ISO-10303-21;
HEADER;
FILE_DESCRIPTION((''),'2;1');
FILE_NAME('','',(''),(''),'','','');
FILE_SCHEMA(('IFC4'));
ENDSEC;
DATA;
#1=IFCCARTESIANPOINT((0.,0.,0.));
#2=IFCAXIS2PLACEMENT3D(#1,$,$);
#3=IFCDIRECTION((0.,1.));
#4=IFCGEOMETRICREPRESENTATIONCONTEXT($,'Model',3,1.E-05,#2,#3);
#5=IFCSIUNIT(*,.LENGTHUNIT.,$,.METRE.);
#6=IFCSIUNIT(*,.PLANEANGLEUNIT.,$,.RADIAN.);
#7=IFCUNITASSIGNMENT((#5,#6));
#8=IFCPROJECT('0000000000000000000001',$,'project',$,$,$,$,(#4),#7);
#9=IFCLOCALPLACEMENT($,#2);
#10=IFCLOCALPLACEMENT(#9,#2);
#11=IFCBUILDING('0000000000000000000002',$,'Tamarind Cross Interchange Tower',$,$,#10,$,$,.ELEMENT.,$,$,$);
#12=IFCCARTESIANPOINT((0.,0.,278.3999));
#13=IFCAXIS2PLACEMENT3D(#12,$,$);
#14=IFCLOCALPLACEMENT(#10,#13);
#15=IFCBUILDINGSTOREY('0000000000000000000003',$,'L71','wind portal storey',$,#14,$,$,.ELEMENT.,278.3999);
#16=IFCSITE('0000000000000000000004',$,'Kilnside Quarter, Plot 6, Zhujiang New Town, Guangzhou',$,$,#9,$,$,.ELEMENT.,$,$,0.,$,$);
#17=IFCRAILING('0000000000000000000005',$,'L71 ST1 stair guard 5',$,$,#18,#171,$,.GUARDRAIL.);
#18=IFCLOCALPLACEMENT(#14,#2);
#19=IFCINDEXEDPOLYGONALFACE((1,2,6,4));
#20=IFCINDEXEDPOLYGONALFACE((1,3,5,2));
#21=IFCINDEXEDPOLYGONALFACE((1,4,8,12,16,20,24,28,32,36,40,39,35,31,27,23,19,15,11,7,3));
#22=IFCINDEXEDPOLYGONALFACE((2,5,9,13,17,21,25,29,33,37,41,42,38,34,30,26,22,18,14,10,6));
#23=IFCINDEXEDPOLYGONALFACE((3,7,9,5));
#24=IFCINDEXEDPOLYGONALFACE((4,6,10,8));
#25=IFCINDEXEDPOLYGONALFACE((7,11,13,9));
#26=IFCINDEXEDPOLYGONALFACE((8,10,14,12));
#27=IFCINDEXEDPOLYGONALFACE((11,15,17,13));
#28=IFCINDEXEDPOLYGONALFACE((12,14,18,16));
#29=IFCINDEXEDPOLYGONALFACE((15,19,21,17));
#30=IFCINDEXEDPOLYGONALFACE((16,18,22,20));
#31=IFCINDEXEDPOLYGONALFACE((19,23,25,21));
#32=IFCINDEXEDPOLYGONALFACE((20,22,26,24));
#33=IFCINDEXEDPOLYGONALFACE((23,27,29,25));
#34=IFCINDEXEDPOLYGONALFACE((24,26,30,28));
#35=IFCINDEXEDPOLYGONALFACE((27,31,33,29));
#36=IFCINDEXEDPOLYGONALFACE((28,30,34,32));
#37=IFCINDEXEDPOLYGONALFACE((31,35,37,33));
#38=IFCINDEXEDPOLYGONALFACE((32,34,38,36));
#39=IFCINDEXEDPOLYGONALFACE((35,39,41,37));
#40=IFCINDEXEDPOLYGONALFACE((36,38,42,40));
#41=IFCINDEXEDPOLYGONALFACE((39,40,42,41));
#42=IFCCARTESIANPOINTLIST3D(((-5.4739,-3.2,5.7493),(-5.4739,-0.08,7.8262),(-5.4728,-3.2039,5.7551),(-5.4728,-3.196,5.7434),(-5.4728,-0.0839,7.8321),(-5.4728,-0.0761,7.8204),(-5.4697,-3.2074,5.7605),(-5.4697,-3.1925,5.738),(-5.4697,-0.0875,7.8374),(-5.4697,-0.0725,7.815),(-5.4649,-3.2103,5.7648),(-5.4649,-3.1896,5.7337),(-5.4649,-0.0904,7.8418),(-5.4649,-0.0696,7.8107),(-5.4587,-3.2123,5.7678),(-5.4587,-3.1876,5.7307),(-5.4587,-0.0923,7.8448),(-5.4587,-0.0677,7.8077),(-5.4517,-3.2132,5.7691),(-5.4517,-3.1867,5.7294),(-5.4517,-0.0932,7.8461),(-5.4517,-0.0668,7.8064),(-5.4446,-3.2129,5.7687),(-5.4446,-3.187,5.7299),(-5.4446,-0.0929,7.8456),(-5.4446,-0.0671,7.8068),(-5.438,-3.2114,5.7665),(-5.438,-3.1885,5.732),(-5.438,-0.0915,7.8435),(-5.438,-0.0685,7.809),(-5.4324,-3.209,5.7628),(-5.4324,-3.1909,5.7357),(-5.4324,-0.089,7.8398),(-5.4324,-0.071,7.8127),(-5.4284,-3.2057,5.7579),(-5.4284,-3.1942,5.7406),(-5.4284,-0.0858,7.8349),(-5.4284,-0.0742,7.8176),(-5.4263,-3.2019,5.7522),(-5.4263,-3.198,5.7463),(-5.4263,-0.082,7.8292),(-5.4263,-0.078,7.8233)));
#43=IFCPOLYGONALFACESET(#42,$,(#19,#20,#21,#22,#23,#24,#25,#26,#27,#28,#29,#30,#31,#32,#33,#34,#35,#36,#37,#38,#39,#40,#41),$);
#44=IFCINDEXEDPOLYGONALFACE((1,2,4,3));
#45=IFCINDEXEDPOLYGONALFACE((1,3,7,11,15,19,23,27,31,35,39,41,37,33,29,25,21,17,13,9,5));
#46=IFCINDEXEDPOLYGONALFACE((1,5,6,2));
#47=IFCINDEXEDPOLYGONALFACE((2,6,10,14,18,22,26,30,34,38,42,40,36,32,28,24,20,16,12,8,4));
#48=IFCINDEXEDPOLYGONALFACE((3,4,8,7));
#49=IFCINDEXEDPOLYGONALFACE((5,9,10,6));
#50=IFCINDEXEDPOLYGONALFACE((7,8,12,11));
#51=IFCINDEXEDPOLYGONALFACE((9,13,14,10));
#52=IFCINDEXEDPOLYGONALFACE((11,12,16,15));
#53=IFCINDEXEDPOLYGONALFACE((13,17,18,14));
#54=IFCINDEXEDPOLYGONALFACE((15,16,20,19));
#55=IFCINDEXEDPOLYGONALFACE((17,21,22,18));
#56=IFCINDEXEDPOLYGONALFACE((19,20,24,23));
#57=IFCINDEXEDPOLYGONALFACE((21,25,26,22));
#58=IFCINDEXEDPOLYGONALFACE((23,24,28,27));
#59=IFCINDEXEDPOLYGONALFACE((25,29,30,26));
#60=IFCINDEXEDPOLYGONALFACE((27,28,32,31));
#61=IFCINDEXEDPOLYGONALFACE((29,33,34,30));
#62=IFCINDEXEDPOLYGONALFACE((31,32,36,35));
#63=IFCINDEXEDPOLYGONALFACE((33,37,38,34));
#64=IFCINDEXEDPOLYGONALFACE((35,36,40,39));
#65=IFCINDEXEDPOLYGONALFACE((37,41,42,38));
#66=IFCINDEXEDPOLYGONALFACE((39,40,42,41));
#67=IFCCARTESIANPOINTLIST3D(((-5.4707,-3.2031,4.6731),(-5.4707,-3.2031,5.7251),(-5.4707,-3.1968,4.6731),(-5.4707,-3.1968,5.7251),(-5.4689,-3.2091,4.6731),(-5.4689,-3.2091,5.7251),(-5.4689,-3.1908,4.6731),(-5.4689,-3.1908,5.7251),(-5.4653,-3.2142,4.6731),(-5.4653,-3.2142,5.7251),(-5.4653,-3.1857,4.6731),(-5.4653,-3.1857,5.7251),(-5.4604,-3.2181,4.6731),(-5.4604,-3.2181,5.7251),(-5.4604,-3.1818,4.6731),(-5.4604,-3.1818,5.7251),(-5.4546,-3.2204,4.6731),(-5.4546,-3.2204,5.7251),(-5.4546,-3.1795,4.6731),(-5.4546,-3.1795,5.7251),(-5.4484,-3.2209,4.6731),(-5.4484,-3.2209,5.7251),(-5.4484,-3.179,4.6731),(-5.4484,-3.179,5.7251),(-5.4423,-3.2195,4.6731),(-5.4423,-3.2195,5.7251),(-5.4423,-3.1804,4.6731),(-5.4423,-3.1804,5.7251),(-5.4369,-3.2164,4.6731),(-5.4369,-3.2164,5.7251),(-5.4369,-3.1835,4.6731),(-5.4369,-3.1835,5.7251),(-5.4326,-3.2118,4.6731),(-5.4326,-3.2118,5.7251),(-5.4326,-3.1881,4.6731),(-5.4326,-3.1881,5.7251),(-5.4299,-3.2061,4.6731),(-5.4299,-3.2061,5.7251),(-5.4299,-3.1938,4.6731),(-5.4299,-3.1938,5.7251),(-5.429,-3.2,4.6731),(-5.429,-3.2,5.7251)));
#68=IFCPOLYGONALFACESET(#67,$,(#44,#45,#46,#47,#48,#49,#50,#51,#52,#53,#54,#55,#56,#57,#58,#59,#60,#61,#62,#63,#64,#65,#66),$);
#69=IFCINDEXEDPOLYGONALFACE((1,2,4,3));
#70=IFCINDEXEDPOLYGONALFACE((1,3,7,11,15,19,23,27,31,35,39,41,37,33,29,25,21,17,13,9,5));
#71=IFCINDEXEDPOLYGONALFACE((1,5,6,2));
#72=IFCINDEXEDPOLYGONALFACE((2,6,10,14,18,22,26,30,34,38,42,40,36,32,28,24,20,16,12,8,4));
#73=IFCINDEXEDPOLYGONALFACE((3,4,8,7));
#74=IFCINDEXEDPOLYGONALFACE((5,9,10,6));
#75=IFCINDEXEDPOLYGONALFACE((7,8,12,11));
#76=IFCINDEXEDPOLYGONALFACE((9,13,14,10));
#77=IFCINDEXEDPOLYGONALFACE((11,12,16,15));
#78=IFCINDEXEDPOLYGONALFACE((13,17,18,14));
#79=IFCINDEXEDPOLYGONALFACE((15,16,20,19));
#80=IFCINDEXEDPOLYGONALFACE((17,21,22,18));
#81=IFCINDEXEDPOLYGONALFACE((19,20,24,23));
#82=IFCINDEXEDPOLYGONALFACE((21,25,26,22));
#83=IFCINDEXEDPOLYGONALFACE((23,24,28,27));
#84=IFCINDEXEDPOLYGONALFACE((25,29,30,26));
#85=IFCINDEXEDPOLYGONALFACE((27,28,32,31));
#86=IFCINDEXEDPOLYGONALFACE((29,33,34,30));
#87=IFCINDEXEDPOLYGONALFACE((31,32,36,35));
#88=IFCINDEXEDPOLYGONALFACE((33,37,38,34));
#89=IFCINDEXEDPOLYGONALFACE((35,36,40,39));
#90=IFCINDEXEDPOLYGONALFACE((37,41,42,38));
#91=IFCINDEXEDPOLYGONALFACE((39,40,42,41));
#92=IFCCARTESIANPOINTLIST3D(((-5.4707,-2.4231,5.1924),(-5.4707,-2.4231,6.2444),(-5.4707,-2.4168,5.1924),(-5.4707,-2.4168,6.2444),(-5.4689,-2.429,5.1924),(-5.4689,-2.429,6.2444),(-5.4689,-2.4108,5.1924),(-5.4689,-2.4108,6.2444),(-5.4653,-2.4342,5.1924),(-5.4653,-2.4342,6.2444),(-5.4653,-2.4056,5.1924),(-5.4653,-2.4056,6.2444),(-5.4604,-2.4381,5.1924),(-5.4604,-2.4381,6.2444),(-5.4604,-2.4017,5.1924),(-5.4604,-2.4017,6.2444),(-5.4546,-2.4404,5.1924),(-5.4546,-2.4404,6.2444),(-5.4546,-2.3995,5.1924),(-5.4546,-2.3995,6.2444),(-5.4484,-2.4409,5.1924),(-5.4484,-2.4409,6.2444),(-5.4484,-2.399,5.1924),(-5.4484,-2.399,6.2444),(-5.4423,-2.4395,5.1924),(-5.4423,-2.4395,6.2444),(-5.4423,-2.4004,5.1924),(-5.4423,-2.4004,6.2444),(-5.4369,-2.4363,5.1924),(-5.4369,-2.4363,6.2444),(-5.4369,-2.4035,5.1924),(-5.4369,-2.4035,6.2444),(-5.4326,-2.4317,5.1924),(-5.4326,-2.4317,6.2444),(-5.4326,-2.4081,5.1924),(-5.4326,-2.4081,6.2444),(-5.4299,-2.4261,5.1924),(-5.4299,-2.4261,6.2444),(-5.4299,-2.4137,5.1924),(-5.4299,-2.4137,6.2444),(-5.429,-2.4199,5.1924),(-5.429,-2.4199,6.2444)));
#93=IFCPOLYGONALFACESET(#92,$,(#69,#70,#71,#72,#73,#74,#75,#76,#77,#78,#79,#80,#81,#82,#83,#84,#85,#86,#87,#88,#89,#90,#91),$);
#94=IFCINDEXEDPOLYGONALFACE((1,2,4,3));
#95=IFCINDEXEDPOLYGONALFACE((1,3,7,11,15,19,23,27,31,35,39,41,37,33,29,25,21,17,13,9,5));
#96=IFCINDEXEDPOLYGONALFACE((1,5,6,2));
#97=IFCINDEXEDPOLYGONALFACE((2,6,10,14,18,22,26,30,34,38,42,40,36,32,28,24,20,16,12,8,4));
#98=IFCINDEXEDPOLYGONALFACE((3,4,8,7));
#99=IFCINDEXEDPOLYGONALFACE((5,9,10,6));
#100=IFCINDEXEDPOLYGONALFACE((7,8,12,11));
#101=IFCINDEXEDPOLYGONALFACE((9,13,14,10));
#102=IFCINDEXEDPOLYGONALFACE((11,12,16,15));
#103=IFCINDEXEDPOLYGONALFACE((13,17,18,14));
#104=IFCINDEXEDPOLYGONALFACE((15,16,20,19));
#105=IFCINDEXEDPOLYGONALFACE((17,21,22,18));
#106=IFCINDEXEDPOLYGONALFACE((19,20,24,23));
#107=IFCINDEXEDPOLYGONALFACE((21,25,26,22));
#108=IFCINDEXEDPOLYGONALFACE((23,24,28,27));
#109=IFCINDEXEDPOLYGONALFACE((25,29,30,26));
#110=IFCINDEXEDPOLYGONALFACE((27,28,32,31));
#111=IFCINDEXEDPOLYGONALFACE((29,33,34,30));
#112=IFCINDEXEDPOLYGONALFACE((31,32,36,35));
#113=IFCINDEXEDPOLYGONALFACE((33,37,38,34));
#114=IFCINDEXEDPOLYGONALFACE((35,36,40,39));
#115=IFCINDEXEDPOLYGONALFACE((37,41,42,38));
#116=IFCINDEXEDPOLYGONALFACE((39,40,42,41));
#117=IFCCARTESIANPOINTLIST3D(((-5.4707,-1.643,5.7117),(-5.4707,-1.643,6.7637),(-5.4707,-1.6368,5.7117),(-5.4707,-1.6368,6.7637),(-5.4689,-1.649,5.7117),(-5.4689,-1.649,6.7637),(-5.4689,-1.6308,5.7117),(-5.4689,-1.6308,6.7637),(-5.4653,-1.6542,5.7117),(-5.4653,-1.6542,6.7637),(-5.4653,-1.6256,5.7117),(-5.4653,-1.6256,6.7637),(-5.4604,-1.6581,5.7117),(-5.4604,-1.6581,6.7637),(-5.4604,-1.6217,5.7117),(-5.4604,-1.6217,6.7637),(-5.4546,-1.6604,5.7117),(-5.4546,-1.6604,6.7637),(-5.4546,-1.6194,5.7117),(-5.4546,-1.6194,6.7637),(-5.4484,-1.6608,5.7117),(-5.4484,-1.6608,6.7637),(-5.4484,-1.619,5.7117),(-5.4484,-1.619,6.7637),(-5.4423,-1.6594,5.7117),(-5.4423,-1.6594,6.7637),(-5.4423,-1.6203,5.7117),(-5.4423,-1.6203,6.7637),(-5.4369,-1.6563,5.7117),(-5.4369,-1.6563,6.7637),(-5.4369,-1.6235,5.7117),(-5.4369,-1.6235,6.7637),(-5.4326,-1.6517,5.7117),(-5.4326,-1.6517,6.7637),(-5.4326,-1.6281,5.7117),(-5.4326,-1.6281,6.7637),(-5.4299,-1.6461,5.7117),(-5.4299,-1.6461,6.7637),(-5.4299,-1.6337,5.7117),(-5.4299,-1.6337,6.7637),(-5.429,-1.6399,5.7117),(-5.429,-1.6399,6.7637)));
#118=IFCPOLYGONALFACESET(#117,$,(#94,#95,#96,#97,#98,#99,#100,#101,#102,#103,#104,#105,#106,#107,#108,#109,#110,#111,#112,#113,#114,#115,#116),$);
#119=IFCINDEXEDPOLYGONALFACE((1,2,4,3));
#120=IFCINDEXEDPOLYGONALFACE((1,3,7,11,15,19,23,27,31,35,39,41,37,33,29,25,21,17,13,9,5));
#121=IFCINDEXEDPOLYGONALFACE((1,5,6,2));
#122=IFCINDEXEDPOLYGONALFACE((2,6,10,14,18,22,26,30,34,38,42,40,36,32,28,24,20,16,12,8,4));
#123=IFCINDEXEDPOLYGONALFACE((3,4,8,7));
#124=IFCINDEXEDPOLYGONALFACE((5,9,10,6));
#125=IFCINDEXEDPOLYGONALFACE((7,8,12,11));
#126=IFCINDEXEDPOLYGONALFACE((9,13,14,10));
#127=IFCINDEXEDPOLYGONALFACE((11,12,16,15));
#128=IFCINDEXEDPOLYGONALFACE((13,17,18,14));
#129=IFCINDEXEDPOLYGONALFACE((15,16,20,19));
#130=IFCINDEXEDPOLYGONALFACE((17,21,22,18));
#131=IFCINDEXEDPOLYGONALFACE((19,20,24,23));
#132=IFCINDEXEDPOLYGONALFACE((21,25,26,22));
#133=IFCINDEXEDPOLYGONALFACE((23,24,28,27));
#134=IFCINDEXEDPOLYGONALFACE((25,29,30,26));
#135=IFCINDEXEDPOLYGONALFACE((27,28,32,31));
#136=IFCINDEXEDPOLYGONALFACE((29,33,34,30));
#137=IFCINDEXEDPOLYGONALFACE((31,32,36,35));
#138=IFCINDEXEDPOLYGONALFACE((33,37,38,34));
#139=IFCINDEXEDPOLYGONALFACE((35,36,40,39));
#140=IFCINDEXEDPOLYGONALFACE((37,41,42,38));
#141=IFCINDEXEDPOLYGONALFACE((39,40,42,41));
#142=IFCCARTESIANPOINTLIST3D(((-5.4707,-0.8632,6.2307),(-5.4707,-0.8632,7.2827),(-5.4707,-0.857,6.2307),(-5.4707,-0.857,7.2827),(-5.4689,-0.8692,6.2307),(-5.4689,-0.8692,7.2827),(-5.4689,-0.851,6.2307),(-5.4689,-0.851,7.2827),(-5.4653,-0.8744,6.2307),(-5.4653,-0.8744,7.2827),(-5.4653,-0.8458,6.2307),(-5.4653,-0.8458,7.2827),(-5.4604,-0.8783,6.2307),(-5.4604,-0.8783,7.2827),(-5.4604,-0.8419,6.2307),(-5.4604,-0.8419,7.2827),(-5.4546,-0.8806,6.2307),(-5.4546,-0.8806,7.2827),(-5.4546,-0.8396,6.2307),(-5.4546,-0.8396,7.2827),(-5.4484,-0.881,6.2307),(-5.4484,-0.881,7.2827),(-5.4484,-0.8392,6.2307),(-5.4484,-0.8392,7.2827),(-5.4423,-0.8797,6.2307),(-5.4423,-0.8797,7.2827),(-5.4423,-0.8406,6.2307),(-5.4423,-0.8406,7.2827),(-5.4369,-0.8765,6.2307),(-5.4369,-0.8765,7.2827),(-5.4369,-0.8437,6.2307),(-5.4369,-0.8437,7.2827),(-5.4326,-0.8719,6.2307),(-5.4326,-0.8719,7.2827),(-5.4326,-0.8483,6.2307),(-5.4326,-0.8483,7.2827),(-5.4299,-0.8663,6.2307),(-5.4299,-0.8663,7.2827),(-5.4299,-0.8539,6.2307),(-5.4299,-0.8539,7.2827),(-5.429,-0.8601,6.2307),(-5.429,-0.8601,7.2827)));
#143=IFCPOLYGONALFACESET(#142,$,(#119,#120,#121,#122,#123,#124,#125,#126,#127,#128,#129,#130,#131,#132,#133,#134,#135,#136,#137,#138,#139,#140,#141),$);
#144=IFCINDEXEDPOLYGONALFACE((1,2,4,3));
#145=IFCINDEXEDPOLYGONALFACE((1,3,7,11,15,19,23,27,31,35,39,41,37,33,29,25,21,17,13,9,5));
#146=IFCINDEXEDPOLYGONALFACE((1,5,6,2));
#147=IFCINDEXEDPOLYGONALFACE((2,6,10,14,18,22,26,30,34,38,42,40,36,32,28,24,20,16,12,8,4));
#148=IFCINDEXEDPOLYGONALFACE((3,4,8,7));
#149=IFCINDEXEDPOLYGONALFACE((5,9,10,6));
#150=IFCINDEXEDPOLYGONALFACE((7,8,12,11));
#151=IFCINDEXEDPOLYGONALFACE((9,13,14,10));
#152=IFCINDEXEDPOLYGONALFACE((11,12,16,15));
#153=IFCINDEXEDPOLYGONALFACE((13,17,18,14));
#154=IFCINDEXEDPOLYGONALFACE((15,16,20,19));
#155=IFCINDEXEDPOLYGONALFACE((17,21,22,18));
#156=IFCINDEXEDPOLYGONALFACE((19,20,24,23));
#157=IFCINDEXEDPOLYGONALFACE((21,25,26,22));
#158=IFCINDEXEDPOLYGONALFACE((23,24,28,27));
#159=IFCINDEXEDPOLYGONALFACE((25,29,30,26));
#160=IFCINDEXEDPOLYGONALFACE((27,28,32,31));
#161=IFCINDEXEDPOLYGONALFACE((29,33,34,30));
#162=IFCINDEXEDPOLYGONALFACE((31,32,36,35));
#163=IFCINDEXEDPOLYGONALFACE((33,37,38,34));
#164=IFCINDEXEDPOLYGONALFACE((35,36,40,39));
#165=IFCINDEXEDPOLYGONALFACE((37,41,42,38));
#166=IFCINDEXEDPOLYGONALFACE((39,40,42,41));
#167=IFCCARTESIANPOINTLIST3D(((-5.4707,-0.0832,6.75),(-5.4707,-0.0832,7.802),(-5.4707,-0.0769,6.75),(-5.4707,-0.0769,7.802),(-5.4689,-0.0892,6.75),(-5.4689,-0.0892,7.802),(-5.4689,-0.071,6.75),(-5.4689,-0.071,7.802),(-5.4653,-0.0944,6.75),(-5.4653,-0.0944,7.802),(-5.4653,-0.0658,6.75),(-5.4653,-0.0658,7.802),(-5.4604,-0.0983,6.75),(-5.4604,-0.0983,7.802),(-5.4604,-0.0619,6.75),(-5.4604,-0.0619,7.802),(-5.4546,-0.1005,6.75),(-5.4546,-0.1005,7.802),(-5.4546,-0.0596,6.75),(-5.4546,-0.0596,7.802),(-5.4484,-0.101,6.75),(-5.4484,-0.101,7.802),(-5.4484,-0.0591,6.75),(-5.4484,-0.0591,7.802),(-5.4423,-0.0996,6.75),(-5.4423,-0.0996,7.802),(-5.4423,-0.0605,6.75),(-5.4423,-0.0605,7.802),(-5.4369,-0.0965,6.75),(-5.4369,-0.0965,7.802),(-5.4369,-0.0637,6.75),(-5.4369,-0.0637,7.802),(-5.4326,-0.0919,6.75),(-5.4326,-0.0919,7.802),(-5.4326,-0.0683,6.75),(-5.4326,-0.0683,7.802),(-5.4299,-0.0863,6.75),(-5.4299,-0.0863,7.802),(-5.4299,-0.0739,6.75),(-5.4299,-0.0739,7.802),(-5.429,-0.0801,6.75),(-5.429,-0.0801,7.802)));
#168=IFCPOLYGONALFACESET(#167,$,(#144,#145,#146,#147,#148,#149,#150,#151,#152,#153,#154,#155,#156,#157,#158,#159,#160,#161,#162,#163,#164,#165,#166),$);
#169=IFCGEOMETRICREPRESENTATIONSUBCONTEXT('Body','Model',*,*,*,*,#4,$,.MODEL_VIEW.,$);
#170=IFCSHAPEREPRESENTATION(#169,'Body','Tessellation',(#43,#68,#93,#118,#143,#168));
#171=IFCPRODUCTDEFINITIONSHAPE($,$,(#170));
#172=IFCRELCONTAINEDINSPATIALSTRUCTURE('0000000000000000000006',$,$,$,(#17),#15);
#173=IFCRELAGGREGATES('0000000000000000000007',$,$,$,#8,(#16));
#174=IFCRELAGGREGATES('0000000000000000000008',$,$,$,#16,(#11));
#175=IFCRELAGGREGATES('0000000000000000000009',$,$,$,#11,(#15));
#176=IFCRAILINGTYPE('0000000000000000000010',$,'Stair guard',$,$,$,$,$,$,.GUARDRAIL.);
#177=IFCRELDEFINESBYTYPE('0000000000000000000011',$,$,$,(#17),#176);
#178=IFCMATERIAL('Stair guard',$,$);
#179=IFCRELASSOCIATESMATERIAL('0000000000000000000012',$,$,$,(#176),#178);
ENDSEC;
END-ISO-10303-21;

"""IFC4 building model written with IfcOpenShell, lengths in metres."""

from ifc_helpers import new_model, si_unit, direction, frame, origin, origin_2d, place, context, subcontext, project, spatial, circle, extrude, material, type_object, element, save


model = new_model("IFC4")

# Units and contexts
model_context = context("Model", 3, precision=1e-05, world=origin(), true_north=direction((0.0, 1.0)))
body_context = subcontext(model_context, "Body", "Model", "MODEL_VIEW")
ifc_project = project(units=[si_unit("LENGTHUNIT", "METRE"), si_unit("PLANEANGLEUNIT", "RADIAN")], contexts=[model_context])

# Site, building, storey
site_placement = place(None, origin())
site = spatial("IfcSite", under=ifc_project, at=site_placement, Name="Kilnside Quarter, Plot 6, Zhujiang New Town, Guangzhou", CompositionType="ELEMENT", RefElevation=0.0)
building_placement = place(site_placement, origin())
building = spatial("IfcBuilding", under=site, at=building_placement, Name="Tamarind Cross Interchange Tower", CompositionType="ELEMENT")
storey_placement = place(building_placement, frame((0.0, 0.0, 278.3999)))
storey = spatial("IfcBuildingStorey", under=building, at=storey_placement, Name="L71", Description="wind portal storey", CompositionType="ELEMENT", Elevation=278.3999)

# Railing
ifc_material_1 = material(Name="Stair guard")
railing_type_1 = type_object("IfcRailingType", Name="Stair guard", PredefinedType="GUARDRAIL", material=ifc_material_1)
railing_1_placement = place(storey_placement, frame((-5.45, -3.2, 4.6731)))
element("IfcRailing", 1, at=railing_1_placement, inside=storey, type_object=railing_type_1, Name="L71 ST1 stair guard 5", PredefinedType="GUARDRAIL", context=body_context, shape_type="SweptSolid", body=[
    extrude(circle(Radius=0.0239, at=origin_2d()), frame((0.0, 0.0, 1.0762), z_axis=(0.0, 0.832421, 0.554144), x_axis=(-1.0, 0.0, 0.0)), (0.0, 0.0, 1.0), 3.748),
    extrude(circle(Radius=0.021, at=origin_2d()), origin(), (0.0, 0.0, 1.0), 1.052),
    extrude(circle(Radius=0.021, at=origin_2d()), frame((0.0, 0.78, 0.5193)), (0.0, 0.0, 1.0), 1.052),
    extrude(circle(Radius=0.021, at=origin_2d()), frame((0.0, 1.5601, 1.0386)), (0.0, 0.0, 1.0), 1.052),
    extrude(circle(Radius=0.021, at=origin_2d()), frame((0.0, 2.3398, 1.5576)), (0.0, 0.0, 1.0), 1.052),
    extrude(circle(Radius=0.021, at=origin_2d()), frame((0.0, 3.1199, 2.0769)), (0.0, 0.0, 1.0), 1.052),
])

save(model, "model.ifc")
